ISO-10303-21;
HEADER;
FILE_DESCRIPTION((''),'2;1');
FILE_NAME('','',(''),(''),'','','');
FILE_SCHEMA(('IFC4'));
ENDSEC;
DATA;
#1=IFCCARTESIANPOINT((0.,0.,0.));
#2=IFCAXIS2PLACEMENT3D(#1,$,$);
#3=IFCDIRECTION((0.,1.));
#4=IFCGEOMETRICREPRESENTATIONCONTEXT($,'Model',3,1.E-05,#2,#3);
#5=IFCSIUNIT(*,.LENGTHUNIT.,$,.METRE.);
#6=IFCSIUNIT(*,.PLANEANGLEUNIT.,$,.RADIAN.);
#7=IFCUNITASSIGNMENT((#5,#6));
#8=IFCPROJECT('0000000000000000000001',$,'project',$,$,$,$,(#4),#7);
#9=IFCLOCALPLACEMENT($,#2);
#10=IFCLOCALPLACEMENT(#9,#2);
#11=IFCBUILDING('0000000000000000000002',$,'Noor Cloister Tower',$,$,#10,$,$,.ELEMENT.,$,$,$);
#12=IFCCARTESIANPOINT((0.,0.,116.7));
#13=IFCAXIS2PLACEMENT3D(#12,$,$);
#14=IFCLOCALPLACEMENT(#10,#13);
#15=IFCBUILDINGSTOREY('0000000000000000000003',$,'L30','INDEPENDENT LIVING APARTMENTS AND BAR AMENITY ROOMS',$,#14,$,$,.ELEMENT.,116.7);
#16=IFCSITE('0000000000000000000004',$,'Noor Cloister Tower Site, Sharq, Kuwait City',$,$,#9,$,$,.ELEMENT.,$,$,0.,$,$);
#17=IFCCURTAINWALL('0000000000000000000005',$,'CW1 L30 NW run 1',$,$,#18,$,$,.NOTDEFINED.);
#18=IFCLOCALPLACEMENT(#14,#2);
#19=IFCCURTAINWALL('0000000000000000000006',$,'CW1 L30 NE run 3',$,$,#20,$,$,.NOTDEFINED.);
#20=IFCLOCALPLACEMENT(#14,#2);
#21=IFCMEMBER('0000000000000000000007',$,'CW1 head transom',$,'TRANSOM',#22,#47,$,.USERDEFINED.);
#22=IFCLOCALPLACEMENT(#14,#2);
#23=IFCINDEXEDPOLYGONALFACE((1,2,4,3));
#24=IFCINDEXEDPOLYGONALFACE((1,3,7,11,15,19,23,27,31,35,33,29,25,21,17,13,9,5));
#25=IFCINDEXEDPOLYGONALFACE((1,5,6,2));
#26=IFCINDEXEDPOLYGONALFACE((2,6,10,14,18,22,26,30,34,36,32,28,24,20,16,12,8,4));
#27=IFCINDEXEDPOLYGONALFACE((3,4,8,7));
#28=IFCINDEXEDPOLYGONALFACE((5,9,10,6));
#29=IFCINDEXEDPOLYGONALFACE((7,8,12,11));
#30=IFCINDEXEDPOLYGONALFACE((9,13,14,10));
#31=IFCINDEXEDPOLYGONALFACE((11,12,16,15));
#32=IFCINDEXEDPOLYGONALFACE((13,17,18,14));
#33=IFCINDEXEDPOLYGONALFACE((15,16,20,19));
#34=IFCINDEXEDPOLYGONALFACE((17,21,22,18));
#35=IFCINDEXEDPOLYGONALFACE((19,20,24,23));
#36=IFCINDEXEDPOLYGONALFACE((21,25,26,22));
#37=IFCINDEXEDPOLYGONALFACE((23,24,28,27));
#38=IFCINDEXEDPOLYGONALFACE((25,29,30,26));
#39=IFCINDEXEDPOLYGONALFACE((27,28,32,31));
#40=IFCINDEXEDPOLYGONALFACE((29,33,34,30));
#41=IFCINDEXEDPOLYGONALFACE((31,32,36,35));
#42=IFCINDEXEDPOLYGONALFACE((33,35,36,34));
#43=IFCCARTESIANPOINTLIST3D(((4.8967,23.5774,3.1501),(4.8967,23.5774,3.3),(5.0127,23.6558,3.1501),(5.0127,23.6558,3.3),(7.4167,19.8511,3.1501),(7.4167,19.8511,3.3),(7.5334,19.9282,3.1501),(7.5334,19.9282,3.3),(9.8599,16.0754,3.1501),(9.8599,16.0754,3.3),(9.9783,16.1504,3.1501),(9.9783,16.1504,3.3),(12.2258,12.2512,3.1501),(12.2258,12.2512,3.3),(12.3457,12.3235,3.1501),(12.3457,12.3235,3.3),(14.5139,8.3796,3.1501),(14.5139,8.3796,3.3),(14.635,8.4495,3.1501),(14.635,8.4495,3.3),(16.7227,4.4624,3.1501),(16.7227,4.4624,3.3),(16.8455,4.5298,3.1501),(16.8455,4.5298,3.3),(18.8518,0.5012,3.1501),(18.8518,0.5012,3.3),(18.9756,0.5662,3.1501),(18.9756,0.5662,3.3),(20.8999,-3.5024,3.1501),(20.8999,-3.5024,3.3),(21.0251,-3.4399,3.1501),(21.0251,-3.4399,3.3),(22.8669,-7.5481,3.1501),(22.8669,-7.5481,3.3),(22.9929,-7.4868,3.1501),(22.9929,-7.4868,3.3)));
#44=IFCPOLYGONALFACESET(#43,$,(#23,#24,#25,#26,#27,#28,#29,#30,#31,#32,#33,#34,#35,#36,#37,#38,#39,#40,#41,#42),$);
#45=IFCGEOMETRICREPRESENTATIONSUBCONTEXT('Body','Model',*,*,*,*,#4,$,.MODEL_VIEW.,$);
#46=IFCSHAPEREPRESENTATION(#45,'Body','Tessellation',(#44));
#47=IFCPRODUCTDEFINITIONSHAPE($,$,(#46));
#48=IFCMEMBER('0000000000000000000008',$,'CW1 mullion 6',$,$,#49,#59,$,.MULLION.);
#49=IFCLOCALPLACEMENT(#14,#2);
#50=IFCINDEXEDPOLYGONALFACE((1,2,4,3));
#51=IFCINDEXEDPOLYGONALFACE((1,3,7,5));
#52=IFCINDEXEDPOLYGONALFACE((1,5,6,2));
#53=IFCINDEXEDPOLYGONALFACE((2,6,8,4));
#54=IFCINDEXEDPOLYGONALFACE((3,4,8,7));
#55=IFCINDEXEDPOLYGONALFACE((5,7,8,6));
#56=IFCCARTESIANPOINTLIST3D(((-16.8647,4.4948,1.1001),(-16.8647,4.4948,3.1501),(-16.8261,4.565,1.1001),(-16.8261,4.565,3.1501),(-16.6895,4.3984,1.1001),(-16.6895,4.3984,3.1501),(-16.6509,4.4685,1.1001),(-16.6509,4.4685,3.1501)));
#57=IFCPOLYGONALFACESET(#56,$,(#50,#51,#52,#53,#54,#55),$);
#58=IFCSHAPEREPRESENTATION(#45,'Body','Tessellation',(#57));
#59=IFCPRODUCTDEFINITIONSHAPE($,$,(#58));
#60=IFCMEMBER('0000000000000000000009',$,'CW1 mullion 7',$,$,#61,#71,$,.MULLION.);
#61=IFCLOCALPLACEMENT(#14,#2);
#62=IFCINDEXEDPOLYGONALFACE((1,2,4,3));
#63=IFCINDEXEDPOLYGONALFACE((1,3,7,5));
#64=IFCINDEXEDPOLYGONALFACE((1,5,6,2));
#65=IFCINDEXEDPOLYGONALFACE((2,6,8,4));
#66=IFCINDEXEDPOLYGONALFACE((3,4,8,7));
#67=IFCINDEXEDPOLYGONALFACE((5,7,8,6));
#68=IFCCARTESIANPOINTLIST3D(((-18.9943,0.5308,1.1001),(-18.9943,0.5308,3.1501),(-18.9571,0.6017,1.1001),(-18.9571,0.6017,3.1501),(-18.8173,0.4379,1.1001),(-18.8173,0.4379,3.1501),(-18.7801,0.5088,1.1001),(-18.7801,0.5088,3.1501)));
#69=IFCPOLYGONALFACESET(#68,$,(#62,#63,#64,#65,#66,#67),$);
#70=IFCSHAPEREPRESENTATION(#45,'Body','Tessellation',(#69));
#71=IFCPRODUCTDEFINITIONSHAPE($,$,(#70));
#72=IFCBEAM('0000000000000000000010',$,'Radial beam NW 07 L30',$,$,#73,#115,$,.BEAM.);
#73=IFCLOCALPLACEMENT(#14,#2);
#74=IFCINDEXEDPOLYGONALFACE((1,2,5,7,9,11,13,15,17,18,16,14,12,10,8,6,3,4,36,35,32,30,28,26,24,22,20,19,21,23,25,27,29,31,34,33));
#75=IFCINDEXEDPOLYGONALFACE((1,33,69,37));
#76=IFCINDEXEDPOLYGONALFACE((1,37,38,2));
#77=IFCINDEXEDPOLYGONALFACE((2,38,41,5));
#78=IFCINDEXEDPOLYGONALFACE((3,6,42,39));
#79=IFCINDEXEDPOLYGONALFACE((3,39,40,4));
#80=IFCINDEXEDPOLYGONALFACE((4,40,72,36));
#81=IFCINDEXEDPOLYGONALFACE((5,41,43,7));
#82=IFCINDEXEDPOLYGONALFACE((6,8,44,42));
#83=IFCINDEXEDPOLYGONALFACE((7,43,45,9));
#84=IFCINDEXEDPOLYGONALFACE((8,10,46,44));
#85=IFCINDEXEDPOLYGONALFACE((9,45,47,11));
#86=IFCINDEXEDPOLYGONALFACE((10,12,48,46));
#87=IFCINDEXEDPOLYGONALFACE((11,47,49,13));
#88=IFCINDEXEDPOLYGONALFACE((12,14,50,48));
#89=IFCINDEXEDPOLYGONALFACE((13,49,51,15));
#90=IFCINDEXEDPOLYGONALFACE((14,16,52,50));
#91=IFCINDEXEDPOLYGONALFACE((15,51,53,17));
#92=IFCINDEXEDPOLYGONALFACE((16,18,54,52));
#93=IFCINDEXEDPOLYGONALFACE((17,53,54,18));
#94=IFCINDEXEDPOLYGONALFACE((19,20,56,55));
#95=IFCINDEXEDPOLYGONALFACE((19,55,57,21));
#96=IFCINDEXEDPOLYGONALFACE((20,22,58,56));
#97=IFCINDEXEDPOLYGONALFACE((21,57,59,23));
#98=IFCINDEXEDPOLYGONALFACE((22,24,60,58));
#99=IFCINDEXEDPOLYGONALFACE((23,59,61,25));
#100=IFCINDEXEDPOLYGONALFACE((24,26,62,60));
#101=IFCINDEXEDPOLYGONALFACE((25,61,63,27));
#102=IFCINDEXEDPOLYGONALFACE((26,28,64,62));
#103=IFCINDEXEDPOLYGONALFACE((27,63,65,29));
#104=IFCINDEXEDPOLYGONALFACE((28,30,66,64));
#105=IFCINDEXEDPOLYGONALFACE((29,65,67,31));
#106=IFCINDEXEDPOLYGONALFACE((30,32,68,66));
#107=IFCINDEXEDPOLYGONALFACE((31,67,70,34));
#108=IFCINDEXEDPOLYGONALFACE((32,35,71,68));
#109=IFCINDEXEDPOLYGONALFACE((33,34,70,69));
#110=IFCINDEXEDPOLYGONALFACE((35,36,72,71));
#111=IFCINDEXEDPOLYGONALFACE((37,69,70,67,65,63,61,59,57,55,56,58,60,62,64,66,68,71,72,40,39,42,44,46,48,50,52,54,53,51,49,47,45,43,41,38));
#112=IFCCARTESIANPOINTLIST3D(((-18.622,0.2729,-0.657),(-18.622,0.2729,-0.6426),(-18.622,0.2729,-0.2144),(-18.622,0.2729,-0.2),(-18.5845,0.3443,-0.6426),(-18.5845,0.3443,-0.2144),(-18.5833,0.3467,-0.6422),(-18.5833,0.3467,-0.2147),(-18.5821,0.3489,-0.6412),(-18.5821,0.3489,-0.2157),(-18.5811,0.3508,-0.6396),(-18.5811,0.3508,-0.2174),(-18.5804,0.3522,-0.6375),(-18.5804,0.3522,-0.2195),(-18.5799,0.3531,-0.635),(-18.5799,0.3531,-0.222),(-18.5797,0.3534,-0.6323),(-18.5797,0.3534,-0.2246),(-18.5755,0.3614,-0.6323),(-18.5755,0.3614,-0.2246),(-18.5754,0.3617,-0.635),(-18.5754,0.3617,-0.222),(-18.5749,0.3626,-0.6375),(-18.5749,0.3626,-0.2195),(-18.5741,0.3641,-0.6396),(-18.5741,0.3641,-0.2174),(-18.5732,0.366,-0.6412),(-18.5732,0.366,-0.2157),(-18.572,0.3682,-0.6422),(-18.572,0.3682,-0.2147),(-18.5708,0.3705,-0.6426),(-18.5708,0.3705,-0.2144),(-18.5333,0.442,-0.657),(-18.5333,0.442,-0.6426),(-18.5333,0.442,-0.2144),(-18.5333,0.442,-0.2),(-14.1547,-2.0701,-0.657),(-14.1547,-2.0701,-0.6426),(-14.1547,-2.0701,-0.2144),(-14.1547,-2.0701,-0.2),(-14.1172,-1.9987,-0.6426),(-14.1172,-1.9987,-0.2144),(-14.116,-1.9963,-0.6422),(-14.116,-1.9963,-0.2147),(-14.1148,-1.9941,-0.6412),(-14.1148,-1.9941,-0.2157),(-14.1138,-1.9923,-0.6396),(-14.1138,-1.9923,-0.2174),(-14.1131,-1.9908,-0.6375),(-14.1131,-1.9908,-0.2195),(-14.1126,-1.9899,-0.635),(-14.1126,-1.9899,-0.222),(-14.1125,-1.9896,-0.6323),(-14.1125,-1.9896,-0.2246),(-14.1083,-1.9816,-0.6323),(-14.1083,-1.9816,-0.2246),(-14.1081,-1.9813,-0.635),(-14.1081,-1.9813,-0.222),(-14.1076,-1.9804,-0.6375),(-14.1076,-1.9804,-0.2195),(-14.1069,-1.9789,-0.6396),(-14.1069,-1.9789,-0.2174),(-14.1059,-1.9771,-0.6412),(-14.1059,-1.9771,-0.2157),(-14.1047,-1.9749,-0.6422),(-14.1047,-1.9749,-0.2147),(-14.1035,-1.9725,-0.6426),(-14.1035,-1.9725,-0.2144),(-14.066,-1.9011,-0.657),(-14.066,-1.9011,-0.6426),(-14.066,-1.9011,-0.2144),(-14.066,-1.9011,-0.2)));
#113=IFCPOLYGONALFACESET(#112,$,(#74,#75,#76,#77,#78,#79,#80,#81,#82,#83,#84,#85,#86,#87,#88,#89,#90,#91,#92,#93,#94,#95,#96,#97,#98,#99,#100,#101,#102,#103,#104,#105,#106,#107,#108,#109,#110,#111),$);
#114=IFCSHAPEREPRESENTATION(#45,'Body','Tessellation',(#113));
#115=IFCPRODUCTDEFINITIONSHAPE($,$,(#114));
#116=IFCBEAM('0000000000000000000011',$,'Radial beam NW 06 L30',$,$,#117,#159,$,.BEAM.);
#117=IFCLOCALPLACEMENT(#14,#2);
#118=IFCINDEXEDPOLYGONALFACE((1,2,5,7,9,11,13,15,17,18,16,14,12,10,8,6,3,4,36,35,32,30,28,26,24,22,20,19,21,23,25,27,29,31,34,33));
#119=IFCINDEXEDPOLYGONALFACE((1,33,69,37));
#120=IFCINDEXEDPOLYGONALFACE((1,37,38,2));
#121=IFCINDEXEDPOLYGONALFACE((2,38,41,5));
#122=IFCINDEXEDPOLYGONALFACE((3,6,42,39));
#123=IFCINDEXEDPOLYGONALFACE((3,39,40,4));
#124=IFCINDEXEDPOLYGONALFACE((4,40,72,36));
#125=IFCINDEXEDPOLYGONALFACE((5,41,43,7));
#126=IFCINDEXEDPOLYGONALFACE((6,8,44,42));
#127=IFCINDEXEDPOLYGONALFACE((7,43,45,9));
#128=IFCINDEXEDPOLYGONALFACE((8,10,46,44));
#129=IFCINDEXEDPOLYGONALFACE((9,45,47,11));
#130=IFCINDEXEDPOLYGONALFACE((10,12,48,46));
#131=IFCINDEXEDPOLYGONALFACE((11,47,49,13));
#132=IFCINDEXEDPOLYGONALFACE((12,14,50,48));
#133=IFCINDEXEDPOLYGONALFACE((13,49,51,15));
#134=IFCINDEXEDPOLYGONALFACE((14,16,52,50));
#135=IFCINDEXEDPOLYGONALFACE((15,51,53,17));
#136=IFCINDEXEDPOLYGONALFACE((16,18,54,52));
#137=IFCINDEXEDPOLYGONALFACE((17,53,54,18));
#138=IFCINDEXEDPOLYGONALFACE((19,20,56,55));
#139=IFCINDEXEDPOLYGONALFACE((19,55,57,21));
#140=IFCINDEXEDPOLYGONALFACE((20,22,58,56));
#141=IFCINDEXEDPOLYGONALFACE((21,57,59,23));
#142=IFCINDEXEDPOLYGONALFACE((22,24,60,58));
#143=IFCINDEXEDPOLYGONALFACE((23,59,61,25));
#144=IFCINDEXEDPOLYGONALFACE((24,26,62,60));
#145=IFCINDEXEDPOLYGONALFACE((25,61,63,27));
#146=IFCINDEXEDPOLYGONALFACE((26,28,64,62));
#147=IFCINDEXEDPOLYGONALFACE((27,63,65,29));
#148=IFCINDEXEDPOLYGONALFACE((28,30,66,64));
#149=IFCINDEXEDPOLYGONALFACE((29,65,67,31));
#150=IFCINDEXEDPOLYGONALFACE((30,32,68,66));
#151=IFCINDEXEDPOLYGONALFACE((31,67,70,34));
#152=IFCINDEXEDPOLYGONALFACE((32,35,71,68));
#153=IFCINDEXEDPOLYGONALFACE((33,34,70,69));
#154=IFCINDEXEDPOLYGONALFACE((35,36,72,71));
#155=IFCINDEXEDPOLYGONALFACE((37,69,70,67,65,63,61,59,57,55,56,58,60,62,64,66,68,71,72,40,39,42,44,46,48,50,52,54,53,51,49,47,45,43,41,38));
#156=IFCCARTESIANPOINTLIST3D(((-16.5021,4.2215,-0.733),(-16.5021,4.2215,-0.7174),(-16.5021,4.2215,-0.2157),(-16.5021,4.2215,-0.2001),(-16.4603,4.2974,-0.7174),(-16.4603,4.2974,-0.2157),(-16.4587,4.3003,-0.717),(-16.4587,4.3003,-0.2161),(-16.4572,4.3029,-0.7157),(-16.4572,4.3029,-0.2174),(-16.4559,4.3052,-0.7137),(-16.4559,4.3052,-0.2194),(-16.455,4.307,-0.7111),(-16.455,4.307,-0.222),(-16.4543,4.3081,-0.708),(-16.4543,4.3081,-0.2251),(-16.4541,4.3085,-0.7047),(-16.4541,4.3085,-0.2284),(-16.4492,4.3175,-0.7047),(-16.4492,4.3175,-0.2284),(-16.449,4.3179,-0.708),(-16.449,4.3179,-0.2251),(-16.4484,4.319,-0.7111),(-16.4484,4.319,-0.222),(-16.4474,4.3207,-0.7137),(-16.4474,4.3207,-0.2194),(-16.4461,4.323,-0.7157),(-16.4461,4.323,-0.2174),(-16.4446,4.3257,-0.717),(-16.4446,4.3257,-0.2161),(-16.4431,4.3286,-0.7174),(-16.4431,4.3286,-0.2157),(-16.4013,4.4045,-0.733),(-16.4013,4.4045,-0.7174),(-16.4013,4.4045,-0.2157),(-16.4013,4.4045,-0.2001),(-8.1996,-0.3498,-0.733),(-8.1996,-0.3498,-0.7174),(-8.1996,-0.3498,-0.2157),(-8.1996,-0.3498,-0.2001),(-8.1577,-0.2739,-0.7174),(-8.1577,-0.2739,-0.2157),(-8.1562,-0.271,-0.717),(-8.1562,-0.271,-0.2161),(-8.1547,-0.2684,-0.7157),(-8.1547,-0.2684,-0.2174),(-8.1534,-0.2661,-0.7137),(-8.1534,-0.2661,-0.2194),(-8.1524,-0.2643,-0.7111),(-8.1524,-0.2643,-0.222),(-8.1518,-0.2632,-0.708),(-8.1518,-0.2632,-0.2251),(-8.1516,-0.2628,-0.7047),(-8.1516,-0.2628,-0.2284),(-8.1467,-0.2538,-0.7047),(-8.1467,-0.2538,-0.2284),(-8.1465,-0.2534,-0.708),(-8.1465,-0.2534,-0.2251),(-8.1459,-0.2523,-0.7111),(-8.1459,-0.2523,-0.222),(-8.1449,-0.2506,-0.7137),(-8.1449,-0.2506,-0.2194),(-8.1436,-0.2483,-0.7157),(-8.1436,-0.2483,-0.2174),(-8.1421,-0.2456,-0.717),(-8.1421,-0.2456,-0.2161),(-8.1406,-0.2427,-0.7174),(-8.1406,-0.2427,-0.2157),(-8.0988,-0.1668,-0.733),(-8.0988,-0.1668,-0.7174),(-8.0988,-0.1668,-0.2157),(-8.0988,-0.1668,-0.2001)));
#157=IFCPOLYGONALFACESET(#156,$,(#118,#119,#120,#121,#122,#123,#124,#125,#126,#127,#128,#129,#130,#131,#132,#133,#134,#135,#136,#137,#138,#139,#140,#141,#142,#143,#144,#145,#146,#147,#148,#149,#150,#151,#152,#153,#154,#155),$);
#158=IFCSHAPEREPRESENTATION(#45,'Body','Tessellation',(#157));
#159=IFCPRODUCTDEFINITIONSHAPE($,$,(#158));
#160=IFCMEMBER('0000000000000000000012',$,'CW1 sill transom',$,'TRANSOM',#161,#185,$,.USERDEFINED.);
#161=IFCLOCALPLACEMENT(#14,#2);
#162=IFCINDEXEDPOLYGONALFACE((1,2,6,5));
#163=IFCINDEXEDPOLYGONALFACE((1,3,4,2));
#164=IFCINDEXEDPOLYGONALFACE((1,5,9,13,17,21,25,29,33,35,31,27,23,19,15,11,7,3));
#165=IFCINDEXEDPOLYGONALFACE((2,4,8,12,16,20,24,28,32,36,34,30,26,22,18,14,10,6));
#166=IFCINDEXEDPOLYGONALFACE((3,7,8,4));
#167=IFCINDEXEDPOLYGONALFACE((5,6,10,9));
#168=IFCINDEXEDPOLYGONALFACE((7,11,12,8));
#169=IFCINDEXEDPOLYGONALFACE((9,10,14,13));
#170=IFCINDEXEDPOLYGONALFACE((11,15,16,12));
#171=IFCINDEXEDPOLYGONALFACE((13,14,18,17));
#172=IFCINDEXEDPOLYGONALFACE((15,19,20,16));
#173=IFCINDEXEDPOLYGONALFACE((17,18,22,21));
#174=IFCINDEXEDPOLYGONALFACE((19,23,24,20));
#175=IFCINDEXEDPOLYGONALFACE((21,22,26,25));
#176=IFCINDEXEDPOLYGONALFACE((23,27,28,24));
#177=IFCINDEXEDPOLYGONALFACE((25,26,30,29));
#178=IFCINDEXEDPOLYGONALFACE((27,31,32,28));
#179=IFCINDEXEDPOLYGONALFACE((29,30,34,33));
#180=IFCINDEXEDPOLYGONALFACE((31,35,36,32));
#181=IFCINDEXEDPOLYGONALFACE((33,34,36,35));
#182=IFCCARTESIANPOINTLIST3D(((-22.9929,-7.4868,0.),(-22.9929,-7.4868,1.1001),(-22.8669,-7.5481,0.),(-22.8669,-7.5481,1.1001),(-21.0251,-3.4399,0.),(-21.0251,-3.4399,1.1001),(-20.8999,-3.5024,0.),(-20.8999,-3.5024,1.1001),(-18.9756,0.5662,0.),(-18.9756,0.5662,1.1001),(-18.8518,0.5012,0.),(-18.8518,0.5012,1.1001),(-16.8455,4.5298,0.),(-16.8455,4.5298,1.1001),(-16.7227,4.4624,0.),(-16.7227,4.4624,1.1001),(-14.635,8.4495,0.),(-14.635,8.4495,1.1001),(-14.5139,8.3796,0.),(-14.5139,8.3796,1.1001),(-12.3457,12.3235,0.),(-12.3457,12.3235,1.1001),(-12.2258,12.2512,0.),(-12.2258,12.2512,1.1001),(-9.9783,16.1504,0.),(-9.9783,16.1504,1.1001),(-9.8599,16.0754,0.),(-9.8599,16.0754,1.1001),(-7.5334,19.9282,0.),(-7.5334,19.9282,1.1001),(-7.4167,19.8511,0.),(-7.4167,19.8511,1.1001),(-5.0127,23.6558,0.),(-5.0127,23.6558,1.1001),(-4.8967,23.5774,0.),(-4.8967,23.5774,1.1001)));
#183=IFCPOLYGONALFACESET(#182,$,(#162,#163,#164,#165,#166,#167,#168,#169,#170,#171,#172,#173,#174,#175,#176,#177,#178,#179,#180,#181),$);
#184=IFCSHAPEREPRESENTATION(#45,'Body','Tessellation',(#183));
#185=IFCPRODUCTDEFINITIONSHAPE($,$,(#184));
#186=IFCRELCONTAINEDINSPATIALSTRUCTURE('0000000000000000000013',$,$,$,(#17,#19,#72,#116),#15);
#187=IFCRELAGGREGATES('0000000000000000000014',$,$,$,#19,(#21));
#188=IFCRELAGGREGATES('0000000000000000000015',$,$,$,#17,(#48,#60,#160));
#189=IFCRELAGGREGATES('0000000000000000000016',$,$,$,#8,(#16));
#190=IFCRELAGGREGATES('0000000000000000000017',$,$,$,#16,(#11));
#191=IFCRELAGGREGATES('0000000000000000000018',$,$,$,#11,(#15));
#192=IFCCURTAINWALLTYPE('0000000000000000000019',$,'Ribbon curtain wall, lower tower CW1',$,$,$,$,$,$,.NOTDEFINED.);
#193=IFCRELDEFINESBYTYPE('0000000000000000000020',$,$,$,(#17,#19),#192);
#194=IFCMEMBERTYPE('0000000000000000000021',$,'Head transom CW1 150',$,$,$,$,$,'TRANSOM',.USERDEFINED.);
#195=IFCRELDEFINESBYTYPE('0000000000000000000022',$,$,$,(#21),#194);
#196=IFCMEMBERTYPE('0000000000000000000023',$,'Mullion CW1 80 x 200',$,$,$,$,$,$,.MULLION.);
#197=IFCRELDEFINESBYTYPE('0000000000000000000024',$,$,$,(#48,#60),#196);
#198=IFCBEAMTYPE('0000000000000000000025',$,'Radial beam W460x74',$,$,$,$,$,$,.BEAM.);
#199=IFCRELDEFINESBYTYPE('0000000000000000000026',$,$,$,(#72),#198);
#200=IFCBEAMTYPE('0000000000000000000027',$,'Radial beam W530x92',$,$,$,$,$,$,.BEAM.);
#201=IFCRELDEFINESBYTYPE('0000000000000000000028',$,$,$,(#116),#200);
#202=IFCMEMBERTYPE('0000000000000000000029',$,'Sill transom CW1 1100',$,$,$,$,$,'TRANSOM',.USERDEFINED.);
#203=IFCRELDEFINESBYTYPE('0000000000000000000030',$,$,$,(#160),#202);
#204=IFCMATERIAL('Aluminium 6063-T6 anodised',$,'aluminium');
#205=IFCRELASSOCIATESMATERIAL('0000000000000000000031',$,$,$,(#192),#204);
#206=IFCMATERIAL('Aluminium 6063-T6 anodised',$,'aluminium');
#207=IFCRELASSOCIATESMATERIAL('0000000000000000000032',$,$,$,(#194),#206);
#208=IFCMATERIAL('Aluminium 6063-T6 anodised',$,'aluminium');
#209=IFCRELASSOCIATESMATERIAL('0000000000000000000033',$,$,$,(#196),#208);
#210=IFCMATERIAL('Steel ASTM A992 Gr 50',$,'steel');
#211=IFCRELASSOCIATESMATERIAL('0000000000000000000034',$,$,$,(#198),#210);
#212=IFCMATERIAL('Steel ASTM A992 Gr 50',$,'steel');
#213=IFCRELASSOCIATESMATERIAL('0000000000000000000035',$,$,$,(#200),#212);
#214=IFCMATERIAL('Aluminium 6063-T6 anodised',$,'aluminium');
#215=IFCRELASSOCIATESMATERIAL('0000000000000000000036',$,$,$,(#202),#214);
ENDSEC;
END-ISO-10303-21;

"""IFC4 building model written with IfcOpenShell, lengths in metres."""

from ifc_helpers import new_model, si_unit, direction, frame, origin, origin_2d, place, context, subcontext, project, spatial, polyline, rectangle, i_section, outline, extrude, material, material_profile, profile_set, type_object, element, aggregate, save


model = new_model("IFC4")

# Units and contexts
model_context = context("Model", 3, precision=1e-05, world=origin(), true_north=direction((0.0, 1.0)))
body_context = subcontext(model_context, "Body", "Model", "MODEL_VIEW")
ifc_project = project(units=[si_unit("LENGTHUNIT", "METRE"), si_unit("PLANEANGLEUNIT", "RADIAN")], contexts=[model_context])

# Site, building, storey
site_placement = place(None, origin())
site = spatial("IfcSite", under=ifc_project, at=site_placement, Name="Noor Cloister Tower Site, Sharq, Kuwait City", CompositionType="ELEMENT", RefElevation=0.0)
building_placement = place(site_placement, origin())
building = spatial("IfcBuilding", under=site, at=building_placement, Name="Noor Cloister Tower", CompositionType="ELEMENT")
storey_placement = place(building_placement, frame((0.0, 0.0, 116.7)))
storey = spatial("IfcBuildingStorey", under=building, at=storey_placement, Name="L30", Description="INDEPENDENT LIVING APARTMENTS AND BAR AMENITY ROOMS", CompositionType="ELEMENT", Elevation=116.7)

# Curtain walls, member
ifc_material_1 = material(Name="Aluminium 6063-T6 anodised", Category="aluminium")
curtain_wall_type = type_object("IfcCurtainWallType", Name="Ribbon curtain wall, lower tower CW1", PredefinedType="NOTDEFINED", material=ifc_material_1)
curtain_wall_1_placement = place(storey_placement, origin())
curtain_wall_1 = element("IfcCurtainWall", 1, at=curtain_wall_1_placement, inside=storey, type_object=curtain_wall_type, Name="CW1 L30 NW run 1", PredefinedType="NOTDEFINED")
ifc_material_2 = material(Name="Aluminium 6063-T6 anodised", Category="aluminium")
member_type_1 = type_object("IfcMemberType", Name="Head transom CW1 150", ElementType="TRANSOM", PredefinedType="USERDEFINED", material=ifc_material_2)
curtain_wall_2_placement = place(storey_placement, origin())
curtain_wall_2 = element("IfcCurtainWall", 2, at=curtain_wall_2_placement, inside=storey, type_object=curtain_wall_type, Name="CW1 L30 NE run 3", PredefinedType="NOTDEFINED")
member_1_placement = place(storey_placement, frame((0.0, 0.0, 3.1501)))
member_1 = element("IfcMember", 3, at=member_1_placement, type_object=member_type_1, Name="CW1 head transom", ObjectType="TRANSOM", PredefinedType="USERDEFINED", context=body_context, shape_type="SweptSolid", body=[
    extrude(outline(polyline([(22.9929, -7.4868), (21.0251, -3.4399), (18.9756, 0.5662), (16.8455, 4.5298), (14.635, 8.4495), (12.3457, 12.3235), (9.9783, 16.1504), (7.5334, 19.9282), (5.0127, 23.6558), (4.8967, 23.5774), (7.4167, 19.8511), (9.8599, 16.0754), (12.2258, 12.2512), (14.5139, 8.3796), (16.7227, 4.4624), (18.8518, 0.5012), (20.8999, -3.5024), (22.8669, -7.5481), (22.9929, -7.4868)])), origin(), (0.0, 0.0, 1.0), 0.1499),
])

# Members
ifc_material_3 = material(Name="Aluminium 6063-T6 anodised", Category="aluminium")
ifc_material_profile_1 = material_profile(ifc_material_3, rectangle(XDim=0.2, YDim=0.0801, at=origin_2d()), Name="200 x 80 mullion")
ifc_profile_set_1 = profile_set([ifc_material_profile_1], Name="Aluminium 6063-T6 anodised")
member_type_2 = type_object("IfcMemberType", Name="Mullion CW1 80 x 200", PredefinedType="MULLION", material=ifc_profile_set_1)
member_2_placement = place(storey_placement, frame((-16.7578, 4.4817, 1.1001), z_axis=(0.0, 0.0, 1.0), x_axis=(0.875994, -0.482322, 0.0)))
member_2 = element("IfcMember", 4, at=member_2_placement, type_object=member_type_2, Name="CW1 mullion 6", PredefinedType="MULLION", context=body_context, shape_type="SweptSolid", body=[
    extrude(rectangle(XDim=0.2, YDim=0.0801, at=origin_2d()), origin(), (0.0, 0.0, 1.0), 2.05),
])
member_3_placement = place(storey_placement, frame((-18.8872, 0.5198, 1.1001), z_axis=(0.0, 0.0, 1.0), x_axis=(0.885601, -0.464446, 0.0)))
member_3 = element("IfcMember", 5, at=member_3_placement, type_object=member_type_2, Name="CW1 mullion 7", PredefinedType="MULLION", context=body_context, shape_type="SweptSolid", body=[
    extrude(rectangle(XDim=0.2, YDim=0.0801, at=origin_2d()), origin(), (0.0, 0.0, 1.0), 2.05),
])

# Beams
ifc_material_4 = material(Name="Steel ASTM A992 Gr 50", Category="steel")
ifc_material_profile_2 = material_profile(ifc_material_4, i_section(OverallWidth=0.1909, OverallDepth=0.457, WebThickness=0.009, FlangeThickness=0.0144, FilletRadius=0.0103, at=origin_2d()), Name="W460x74")
ifc_profile_set_2 = profile_set([ifc_material_profile_2], Name="Steel ASTM A992 Gr 50")
beam_type_1 = type_object("IfcBeamType", Name="Radial beam W460x74", PredefinedType="BEAM", material=ifc_profile_set_2)
beam_1_placement = place(storey_placement, frame((-18.5776, 0.3574, -0.4285), z_axis=(0.885586, -0.464475, 0.0), x_axis=(0.464475, 0.885586, 0.0)))
element("IfcBeam", 6, at=beam_1_placement, inside=storey, type_object=beam_type_1, Name="Radial beam NW 07 L30", PredefinedType="BEAM", context=body_context, shape_type="SweptSolid", body=[
    extrude(i_section(OverallWidth=0.1909, OverallDepth=0.457, WebThickness=0.009, FlangeThickness=0.0144, FilletRadius=0.0103, at=origin_2d()), origin(), (0.0, 0.0, 1.0), 5.0444),
])
ifc_material_5 = material(Name="Steel ASTM A992 Gr 50", Category="steel")
ifc_material_profile_3 = material_profile(ifc_material_5, i_section(OverallWidth=0.209, OverallDepth=0.533, WebThickness=0.0103, FlangeThickness=0.0156, FilletRadius=0.0127, at=origin_2d()), Name="W530x92")
ifc_profile_set_3 = profile_set([ifc_material_profile_3], Name="Steel ASTM A992 Gr 50")
beam_type_2 = type_object("IfcBeamType", Name="Radial beam W530x92", PredefinedType="BEAM", material=ifc_profile_set_3)
beam_2_placement = place(storey_placement, frame((-16.4517, 4.313, -0.4666), z_axis=(0.875997, -0.482317, 0.0), x_axis=(0.482317, 0.875997, 0.0)))
element("IfcBeam", 7, at=beam_2_placement, inside=storey, type_object=beam_type_2, Name="Radial beam NW 06 L30", PredefinedType="BEAM", context=body_context, shape_type="SweptSolid", body=[
    extrude(i_section(OverallWidth=0.209, OverallDepth=0.533, WebThickness=0.0103, FlangeThickness=0.0156, FilletRadius=0.0127, at=origin_2d()), origin(), (0.0, 0.0, 1.0), 9.4778),
])

# Member
ifc_material_6 = material(Name="Aluminium 6063-T6 anodised", Category="aluminium")
member_type_3 = type_object("IfcMemberType", Name="Sill transom CW1 1100", ElementType="TRANSOM", PredefinedType="USERDEFINED", material=ifc_material_6)
member_4_placement = place(storey_placement, origin())
member_4 = element("IfcMember", 8, at=member_4_placement, type_object=member_type_3, Name="CW1 sill transom", ObjectType="TRANSOM", PredefinedType="USERDEFINED", context=body_context, shape_type="SweptSolid", body=[
    extrude(outline(polyline([(-5.0127, 23.6558), (-7.5334, 19.9282), (-9.9783, 16.1504), (-12.3457, 12.3235), (-14.635, 8.4495), (-16.8455, 4.5298), (-18.9756, 0.5662), (-21.0251, -3.4399), (-22.9929, -7.4868), (-22.8669, -7.5481), (-20.8999, -3.5024), (-18.8518, 0.5012), (-16.7227, 4.4624), (-14.5139, 8.3796), (-12.2258, 12.2512), (-9.8599, 16.0754), (-7.4167, 19.8511), (-4.8967, 23.5774), (-5.0127, 23.6558)])), origin(), (0.0, 0.0, 1.0), 1.1001),
])
aggregate(curtain_wall_2, [member_1])

aggregate(curtain_wall_1, [member_2, member_3, member_4])

save(model, "model.ifc")
